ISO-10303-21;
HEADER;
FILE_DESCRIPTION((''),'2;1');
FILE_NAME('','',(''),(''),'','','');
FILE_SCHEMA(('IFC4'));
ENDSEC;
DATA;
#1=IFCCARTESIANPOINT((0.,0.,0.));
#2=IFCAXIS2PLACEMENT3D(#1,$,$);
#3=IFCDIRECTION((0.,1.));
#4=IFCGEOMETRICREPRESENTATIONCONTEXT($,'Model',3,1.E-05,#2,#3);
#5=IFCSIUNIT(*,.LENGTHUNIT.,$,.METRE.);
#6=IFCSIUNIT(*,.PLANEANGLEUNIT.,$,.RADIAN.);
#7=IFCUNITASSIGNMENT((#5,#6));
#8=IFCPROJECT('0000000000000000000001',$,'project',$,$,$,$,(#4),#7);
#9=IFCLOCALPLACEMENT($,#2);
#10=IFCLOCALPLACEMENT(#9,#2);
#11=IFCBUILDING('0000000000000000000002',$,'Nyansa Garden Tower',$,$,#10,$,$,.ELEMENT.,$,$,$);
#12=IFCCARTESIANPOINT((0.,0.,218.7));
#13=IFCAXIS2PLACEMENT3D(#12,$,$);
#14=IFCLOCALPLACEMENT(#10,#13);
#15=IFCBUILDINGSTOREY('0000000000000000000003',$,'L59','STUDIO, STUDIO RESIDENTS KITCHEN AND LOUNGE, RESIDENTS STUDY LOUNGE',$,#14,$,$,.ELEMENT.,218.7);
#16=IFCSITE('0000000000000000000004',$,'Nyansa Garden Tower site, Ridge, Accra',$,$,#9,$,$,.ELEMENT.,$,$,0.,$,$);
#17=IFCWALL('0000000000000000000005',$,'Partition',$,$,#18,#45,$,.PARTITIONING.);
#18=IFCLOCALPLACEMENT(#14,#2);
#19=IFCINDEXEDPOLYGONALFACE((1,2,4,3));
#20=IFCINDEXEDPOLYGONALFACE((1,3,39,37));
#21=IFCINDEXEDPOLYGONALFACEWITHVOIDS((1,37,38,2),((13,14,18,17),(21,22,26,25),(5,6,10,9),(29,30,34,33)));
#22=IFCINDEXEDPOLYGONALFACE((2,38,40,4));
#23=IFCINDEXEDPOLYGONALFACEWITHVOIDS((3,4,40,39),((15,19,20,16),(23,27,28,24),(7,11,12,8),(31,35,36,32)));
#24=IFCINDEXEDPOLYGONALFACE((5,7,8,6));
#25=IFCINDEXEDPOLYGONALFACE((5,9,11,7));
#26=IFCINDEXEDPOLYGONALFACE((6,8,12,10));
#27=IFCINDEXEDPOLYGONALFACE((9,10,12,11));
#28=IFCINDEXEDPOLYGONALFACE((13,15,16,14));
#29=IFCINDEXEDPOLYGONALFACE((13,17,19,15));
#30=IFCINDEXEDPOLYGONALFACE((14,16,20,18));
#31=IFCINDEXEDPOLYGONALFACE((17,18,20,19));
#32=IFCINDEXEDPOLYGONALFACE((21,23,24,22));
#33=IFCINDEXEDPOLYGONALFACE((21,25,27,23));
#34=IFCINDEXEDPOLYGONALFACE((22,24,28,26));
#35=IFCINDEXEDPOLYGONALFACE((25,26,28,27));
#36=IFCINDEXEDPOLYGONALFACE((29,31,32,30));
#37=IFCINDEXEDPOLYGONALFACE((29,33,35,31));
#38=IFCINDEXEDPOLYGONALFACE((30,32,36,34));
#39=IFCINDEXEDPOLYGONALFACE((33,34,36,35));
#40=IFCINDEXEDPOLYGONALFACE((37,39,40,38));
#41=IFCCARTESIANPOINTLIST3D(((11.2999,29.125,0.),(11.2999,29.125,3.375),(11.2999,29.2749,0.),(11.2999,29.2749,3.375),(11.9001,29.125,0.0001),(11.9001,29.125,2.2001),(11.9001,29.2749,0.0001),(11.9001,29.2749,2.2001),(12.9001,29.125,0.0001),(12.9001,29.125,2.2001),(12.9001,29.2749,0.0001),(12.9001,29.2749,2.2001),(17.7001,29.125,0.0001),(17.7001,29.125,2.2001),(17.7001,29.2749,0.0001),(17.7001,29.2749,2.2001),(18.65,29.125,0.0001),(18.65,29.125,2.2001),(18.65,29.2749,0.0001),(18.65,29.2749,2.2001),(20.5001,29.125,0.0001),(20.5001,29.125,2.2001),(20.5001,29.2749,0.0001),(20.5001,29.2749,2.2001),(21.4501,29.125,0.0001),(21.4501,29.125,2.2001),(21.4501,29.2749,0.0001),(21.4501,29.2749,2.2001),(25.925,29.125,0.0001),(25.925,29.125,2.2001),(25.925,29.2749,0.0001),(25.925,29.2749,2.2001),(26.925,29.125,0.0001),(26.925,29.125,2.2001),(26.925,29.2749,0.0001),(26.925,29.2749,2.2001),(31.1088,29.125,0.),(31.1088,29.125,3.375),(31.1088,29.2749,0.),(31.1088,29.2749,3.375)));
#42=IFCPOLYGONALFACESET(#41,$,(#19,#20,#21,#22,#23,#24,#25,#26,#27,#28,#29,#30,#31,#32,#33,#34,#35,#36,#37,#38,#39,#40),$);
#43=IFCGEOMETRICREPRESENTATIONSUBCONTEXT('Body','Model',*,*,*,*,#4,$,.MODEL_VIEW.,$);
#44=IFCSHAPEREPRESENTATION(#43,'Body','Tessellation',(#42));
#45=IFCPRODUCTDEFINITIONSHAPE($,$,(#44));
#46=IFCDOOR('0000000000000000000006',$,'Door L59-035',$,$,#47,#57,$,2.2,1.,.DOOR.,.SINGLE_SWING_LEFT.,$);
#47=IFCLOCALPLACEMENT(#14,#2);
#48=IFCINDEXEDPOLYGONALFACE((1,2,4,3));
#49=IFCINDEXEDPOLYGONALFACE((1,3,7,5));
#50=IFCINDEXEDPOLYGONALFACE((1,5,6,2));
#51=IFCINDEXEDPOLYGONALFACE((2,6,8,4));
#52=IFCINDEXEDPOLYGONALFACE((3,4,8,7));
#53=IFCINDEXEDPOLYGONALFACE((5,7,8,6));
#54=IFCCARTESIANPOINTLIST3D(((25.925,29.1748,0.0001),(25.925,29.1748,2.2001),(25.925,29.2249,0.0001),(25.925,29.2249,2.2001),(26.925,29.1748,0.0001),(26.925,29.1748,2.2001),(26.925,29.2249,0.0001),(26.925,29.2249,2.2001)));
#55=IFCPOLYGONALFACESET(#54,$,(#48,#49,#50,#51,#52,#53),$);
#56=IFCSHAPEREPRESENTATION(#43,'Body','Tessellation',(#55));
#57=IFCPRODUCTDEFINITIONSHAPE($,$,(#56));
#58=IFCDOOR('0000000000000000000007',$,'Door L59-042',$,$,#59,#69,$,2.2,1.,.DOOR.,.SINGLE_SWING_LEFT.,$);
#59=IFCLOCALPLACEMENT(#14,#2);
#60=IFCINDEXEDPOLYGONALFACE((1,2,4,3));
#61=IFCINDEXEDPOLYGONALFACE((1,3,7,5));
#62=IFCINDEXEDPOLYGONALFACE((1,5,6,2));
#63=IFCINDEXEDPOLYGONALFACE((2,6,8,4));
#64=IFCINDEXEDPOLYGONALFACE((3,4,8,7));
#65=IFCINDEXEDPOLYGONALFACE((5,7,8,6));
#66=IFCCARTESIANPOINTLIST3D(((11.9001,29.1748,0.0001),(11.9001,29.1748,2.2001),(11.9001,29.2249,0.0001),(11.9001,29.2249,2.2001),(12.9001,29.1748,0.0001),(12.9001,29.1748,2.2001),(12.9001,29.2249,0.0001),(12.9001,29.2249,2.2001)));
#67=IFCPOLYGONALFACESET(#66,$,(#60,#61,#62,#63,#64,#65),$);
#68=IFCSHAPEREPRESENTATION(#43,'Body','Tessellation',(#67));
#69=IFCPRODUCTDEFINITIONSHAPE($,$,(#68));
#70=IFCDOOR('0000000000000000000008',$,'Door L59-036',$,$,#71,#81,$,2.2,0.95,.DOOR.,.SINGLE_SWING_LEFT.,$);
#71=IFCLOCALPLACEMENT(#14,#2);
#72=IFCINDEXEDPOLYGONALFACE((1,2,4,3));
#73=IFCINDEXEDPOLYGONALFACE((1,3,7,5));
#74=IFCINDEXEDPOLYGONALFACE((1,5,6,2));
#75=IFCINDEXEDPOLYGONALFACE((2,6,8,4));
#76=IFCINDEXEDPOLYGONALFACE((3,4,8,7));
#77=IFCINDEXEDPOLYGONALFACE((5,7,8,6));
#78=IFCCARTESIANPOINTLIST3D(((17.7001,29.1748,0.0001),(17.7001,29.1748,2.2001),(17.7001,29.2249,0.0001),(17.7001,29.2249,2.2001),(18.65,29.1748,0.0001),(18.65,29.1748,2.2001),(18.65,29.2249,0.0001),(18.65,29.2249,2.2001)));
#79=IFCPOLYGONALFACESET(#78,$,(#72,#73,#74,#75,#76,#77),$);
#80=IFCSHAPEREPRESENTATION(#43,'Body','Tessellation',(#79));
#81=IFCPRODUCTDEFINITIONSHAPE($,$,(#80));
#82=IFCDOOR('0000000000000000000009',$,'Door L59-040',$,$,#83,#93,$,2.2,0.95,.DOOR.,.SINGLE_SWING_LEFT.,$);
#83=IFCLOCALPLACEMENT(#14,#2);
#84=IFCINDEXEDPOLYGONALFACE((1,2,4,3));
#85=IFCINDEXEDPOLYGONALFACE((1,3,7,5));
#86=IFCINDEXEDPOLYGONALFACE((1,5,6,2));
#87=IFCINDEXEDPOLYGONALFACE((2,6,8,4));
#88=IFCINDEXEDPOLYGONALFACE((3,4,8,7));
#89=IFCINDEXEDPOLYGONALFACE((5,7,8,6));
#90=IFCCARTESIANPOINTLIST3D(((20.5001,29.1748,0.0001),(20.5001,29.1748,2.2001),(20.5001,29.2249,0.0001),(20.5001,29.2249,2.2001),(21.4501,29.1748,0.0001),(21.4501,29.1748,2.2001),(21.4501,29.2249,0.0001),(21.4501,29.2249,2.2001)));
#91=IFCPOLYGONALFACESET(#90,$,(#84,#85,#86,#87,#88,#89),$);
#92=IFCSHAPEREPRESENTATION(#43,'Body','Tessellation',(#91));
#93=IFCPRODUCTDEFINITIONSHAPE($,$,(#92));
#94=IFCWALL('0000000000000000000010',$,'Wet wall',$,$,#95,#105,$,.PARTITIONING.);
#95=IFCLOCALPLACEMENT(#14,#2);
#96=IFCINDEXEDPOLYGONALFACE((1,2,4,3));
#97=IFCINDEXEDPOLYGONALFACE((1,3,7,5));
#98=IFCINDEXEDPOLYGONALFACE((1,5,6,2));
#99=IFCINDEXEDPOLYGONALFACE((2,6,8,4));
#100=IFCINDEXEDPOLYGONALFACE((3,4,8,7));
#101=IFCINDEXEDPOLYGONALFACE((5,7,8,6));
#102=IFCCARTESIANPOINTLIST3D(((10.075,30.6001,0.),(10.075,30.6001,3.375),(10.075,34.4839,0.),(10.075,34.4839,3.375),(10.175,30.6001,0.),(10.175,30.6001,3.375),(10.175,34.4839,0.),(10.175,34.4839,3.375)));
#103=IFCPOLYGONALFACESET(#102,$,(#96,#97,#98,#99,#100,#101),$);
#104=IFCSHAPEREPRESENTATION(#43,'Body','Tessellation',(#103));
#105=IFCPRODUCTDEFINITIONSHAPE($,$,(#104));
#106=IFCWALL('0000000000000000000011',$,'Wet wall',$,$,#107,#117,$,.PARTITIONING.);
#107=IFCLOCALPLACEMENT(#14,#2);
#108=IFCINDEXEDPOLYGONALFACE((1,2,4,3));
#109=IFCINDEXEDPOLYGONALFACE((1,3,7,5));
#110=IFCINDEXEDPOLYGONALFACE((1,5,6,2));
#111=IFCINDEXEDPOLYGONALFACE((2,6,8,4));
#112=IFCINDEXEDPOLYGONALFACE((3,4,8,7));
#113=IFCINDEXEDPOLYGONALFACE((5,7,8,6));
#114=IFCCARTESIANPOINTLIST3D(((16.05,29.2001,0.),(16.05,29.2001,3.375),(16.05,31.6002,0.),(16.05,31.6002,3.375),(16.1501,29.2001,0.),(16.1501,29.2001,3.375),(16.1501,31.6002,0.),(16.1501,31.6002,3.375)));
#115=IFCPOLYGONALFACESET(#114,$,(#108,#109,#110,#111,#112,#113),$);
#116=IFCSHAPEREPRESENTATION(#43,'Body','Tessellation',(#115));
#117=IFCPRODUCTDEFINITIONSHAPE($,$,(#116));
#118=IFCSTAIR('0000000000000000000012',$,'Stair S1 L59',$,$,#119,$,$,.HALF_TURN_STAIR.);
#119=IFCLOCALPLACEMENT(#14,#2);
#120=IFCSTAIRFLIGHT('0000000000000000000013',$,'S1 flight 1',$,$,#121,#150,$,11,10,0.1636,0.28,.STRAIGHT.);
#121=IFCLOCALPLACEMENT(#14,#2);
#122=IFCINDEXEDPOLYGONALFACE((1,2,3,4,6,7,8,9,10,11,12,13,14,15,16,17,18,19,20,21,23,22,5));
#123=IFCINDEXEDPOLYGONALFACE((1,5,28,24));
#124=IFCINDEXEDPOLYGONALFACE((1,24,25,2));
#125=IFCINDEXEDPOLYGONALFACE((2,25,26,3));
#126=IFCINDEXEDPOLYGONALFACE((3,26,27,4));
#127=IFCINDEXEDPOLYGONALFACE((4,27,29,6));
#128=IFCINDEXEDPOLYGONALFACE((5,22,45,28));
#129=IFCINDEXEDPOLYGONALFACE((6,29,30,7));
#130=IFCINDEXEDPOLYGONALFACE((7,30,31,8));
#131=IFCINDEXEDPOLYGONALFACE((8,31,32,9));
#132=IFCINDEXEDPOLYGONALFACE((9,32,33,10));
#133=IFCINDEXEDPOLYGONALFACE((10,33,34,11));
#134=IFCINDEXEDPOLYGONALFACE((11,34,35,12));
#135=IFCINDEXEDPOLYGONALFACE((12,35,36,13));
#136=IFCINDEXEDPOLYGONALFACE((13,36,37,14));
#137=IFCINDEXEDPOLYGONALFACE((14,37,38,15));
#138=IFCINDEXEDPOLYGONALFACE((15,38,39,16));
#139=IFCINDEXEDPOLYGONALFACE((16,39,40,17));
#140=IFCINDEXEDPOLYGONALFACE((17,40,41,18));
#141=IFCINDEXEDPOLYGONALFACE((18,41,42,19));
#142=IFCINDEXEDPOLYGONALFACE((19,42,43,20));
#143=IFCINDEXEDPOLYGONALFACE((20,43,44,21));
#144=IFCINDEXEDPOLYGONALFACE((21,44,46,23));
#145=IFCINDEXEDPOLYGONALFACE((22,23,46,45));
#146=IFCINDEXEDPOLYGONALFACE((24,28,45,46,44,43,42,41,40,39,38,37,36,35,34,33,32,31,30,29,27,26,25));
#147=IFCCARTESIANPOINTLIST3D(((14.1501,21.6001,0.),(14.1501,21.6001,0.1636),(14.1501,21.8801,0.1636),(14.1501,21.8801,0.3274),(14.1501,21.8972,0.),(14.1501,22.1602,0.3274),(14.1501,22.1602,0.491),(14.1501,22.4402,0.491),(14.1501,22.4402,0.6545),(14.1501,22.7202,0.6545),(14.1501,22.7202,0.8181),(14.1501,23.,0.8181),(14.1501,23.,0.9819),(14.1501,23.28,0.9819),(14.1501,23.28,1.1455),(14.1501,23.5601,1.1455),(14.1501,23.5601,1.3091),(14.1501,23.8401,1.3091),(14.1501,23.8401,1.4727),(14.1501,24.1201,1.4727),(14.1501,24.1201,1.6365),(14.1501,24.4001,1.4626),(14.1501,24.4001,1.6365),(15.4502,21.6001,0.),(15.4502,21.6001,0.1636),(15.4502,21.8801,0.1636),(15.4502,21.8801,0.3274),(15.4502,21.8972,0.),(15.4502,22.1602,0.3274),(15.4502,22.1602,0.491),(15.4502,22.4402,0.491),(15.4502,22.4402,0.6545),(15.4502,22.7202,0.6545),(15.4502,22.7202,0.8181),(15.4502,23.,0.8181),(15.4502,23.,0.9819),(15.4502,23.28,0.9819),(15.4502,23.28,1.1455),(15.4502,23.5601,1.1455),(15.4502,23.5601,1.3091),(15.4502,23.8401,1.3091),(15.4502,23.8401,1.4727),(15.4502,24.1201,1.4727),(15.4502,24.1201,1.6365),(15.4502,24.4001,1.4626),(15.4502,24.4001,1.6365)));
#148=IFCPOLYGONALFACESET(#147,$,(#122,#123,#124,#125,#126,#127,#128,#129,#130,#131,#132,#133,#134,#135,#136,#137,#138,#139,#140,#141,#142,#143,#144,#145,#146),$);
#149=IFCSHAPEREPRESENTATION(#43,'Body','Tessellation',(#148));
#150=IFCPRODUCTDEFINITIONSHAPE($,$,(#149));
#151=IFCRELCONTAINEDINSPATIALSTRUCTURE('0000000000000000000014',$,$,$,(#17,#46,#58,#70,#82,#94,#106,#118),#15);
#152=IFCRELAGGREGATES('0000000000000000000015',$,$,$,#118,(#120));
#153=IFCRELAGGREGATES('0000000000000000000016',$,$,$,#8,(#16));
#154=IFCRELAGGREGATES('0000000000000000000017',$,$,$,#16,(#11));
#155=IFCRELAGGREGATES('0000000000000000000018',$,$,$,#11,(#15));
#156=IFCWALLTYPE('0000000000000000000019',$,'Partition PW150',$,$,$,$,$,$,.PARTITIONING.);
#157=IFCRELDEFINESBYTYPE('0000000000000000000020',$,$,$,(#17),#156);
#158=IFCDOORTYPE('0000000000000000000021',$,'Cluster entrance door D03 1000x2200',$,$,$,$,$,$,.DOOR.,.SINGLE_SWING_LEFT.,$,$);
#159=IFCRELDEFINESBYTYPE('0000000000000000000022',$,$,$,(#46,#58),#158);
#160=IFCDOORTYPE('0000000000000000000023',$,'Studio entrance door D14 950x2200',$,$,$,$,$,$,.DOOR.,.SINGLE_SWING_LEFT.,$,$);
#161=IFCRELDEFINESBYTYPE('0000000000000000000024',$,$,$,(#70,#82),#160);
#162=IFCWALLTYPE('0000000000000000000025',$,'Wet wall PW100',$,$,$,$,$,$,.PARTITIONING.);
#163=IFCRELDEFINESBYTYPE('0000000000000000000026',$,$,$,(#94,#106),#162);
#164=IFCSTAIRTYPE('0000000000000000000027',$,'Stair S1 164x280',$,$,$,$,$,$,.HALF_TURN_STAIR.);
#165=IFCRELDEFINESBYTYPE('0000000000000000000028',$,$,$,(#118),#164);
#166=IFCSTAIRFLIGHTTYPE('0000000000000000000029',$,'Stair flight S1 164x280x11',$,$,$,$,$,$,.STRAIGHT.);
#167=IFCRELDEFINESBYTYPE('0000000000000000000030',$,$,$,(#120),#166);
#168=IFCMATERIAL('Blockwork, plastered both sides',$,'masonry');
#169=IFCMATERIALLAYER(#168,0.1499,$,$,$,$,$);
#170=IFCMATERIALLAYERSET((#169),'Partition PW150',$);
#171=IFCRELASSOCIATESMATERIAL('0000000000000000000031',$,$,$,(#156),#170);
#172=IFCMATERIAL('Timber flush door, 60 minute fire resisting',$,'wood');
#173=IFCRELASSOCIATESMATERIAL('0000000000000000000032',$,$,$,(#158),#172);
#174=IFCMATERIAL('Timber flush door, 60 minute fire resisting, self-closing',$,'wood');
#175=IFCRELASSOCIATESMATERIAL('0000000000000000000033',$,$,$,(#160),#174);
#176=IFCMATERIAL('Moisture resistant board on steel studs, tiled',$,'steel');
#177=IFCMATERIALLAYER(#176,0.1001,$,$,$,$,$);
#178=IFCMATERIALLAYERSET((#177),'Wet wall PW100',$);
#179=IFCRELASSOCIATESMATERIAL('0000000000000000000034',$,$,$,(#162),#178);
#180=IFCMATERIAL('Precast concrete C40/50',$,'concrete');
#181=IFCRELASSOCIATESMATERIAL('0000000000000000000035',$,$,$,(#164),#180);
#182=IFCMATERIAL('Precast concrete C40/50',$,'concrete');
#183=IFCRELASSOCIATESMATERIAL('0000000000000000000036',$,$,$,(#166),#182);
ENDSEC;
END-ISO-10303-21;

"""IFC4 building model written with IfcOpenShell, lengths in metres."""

from ifc_helpers import new_model, si_unit, direction, frame, frame_2d, origin, place, context, subcontext, project, spatial, polyline, rectangle, outline, extrude, material, layer, layer_set, type_object, element, fill, aggregate, save


model = new_model("IFC4")

# Units and contexts
model_context = context("Model", 3, precision=1e-05, world=origin(), true_north=direction((0.0, 1.0)))
body_context = subcontext(model_context, "Body", "Model", "MODEL_VIEW")
ifc_project = project(units=[si_unit("LENGTHUNIT", "METRE"), si_unit("PLANEANGLEUNIT", "RADIAN")], contexts=[model_context])

# Site, building, storey
site_placement = place(None, origin())
site = spatial("IfcSite", under=ifc_project, at=site_placement, Name="Nyansa Garden Tower site, Ridge, Accra", CompositionType="ELEMENT", RefElevation=0.0)
building_placement = place(site_placement, origin())
building = spatial("IfcBuilding", under=site, at=building_placement, Name="Nyansa Garden Tower", CompositionType="ELEMENT")
storey_placement = place(building_placement, frame((0.0, 0.0, 218.7)))
storey = spatial("IfcBuildingStorey", under=building, at=storey_placement, Name="L59", Description="STUDIO, STUDIO RESIDENTS KITCHEN AND LOUNGE, RESIDENTS STUDY LOUNGE", CompositionType="ELEMENT", Elevation=218.7)

# Wall, openings, doors
ifc_material_1 = material(Name="Blockwork, plastered both sides", Category="masonry")
ifc_layer_1 = layer(ifc_material_1, 0.1499)
ifc_layer_set_1 = layer_set([ifc_layer_1], Name="Partition PW150")
wall_type_1 = type_object("IfcWallType", Name="Partition PW150", PredefinedType="PARTITIONING", material=ifc_layer_set_1)
wall_1_placement = place(storey_placement, frame((11.3, 29.2, 0.0), z_axis=(0.0, 0.0, 1.0), x_axis=(1.0, 0.0, 0.0)))
wall_1 = element("IfcWall", 1, at=wall_1_placement, inside=storey, type_object=wall_type_1, Name="Partition", PredefinedType="PARTITIONING", context=body_context, shape_type="SweptSolid", body=[
    extrude(rectangle(XDim=19.8088, YDim=0.1499, at=frame_2d((9.9043, 0.0))), origin(), (0.0, 0.0, 1.0), 3.375),
])
opening_1_placement = place(wall_1_placement, frame((14.625, 0.0, 0.0)))
opening_1 = element("IfcOpeningElement", 2, at=opening_1_placement, cuts=wall_1, PredefinedType="OPENING", context=body_context, shape_type="SweptSolid", body=[
    extrude(rectangle(XDim=1.0, YDim=2.2, at=frame_2d((0.5, 1.1001))), frame((0.0, 0.085, 0.0), z_axis=(0.0, -1.0, 0.0), x_axis=(1.0, 0.0, 0.0)), (0.0, 0.0, 1.0), 0.1699),
])
opening_2_placement = place(wall_1_placement, frame((6.3999, 0.0, 0.0)))
opening_2 = element("IfcOpeningElement", 3, at=opening_2_placement, cuts=wall_1, PredefinedType="OPENING", context=body_context, shape_type="SweptSolid", body=[
    extrude(rectangle(XDim=0.95, YDim=2.2, at=frame_2d((0.4751, 1.1001))), frame((0.0, 0.085, 0.0), z_axis=(0.0, -1.0, 0.0), x_axis=(1.0, 0.0, 0.0)), (0.0, 0.0, 1.0), 0.1699),
])
opening_3_placement = place(wall_1_placement, frame((9.2, 0.0, 0.0)))
opening_3 = element("IfcOpeningElement", 4, at=opening_3_placement, cuts=wall_1, PredefinedType="OPENING", context=body_context, shape_type="SweptSolid", body=[
    extrude(rectangle(XDim=0.95, YDim=2.2, at=frame_2d((0.4751, 1.1001))), frame((0.0, 0.085, 0.0), z_axis=(0.0, -1.0, 0.0), x_axis=(1.0, 0.0, 0.0)), (0.0, 0.0, 1.0), 0.1699),
])
opening_4_placement = place(wall_1_placement, frame((0.6001, 0.0, 0.0)))
opening_4 = element("IfcOpeningElement", 5, at=opening_4_placement, cuts=wall_1, PredefinedType="OPENING", context=body_context, shape_type="SweptSolid", body=[
    extrude(rectangle(XDim=1.0, YDim=2.2, at=frame_2d((0.5, 1.1001))), frame((0.0, 0.085, 0.0), z_axis=(0.0, -1.0, 0.0), x_axis=(1.0, 0.0, 0.0)), (0.0, 0.0, 1.0), 0.1699),
])
ifc_material_2 = material(Name="Timber flush door, 60 minute fire resisting", Category="wood")
door_type_1 = type_object("IfcDoorType", Name="Cluster entrance door D03 1000x2200", OperationType="SINGLE_SWING_LEFT", PredefinedType="DOOR", material=ifc_material_2)
door_1_placement = place(opening_1_placement, origin())
door_1 = element("IfcDoor", 6, at=door_1_placement, inside=storey, type_object=door_type_1, Name="Door L59-035", OperationType="SINGLE_SWING_LEFT", OverallHeight=2.2, OverallWidth=1.0, PredefinedType="DOOR", context=body_context, shape_type="SweptSolid", body=[
    extrude(rectangle(XDim=1.0, YDim=2.2, at=frame_2d((0.5, 1.1001))), frame((0.0, 0.0249, 0.0), z_axis=(0.0, -1.0, 0.0), x_axis=(1.0, 0.0, 0.0)), (0.0, 0.0, 1.0), 0.05),
])
fill(opening_1, door_1)
door_2_placement = place(opening_4_placement, origin())
door_2 = element("IfcDoor", 7, at=door_2_placement, inside=storey, type_object=door_type_1, Name="Door L59-042", OperationType="SINGLE_SWING_LEFT", OverallHeight=2.2, OverallWidth=1.0, PredefinedType="DOOR", context=body_context, shape_type="SweptSolid", body=[
    extrude(rectangle(XDim=1.0, YDim=2.2, at=frame_2d((0.5, 1.1001))), frame((0.0, 0.0249, 0.0), z_axis=(0.0, -1.0, 0.0), x_axis=(1.0, 0.0, 0.0)), (0.0, 0.0, 1.0), 0.05),
])
fill(opening_4, door_2)
ifc_material_3 = material(Name="Timber flush door, 60 minute fire resisting, self-closing", Category="wood")
door_type_2 = type_object("IfcDoorType", Name="Studio entrance door D14 950x2200", OperationType="SINGLE_SWING_LEFT", PredefinedType="DOOR", material=ifc_material_3)
door_3_placement = place(opening_2_placement, origin())
door_3 = element("IfcDoor", 8, at=door_3_placement, inside=storey, type_object=door_type_2, Name="Door L59-036", OperationType="SINGLE_SWING_LEFT", OverallHeight=2.2, OverallWidth=0.95, PredefinedType="DOOR", context=body_context, shape_type="SweptSolid", body=[
    extrude(rectangle(XDim=0.95, YDim=2.2, at=frame_2d((0.4751, 1.1001))), frame((0.0, 0.0249, 0.0), z_axis=(0.0, -1.0, 0.0), x_axis=(1.0, 0.0, 0.0)), (0.0, 0.0, 1.0), 0.05),
])
fill(opening_2, door_3)
door_4_placement = place(opening_3_placement, origin())
door_4 = element("IfcDoor", 9, at=door_4_placement, inside=storey, type_object=door_type_2, Name="Door L59-040", OperationType="SINGLE_SWING_LEFT", OverallHeight=2.2, OverallWidth=0.95, PredefinedType="DOOR", context=body_context, shape_type="SweptSolid", body=[
    extrude(rectangle(XDim=0.95, YDim=2.2, at=frame_2d((0.4751, 1.1001))), frame((0.0, 0.0249, 0.0), z_axis=(0.0, -1.0, 0.0), x_axis=(1.0, 0.0, 0.0)), (0.0, 0.0, 1.0), 0.05),
])
fill(opening_3, door_4)

# Walls
ifc_material_4 = material(Name="Moisture resistant board on steel studs, tiled", Category="steel")
ifc_layer_2 = layer(ifc_material_4, 0.1001)
ifc_layer_set_2 = layer_set([ifc_layer_2], Name="Wet wall PW100")
wall_type_2 = type_object("IfcWallType", Name="Wet wall PW100", PredefinedType="PARTITIONING", material=ifc_layer_set_2)
wall_2_placement = place(storey_placement, frame((10.125, 30.6001, 0.0), z_axis=(0.0, 0.0, 1.0), x_axis=(0.0, 1.0, 0.0)))
element("IfcWall", 10, at=wall_2_placement, inside=storey, type_object=wall_type_2, Name="Wet wall", PredefinedType="PARTITIONING", context=body_context, shape_type="SweptSolid", body=[
    extrude(rectangle(XDim=3.8838, YDim=0.1001, at=frame_2d((1.9419, 0.0))), origin(), (0.0, 0.0, 1.0), 3.375),
])
wall_3_placement = place(storey_placement, frame((16.1001, 29.2, 0.0), z_axis=(0.0, 0.0, 1.0), x_axis=(0.0, 1.0, 0.0)))
element("IfcWall", 11, at=wall_3_placement, inside=storey, type_object=wall_type_2, Name="Wet wall", PredefinedType="PARTITIONING", context=body_context, shape_type="SweptSolid", body=[
    extrude(rectangle(XDim=2.4001, YDim=0.1001, at=frame_2d((1.2002, 0.0))), origin(), (0.0, 0.0, 1.0), 3.375),
])

# Stair, stair flight
ifc_material_5 = material(Name="Precast concrete C40/50", Category="concrete")
stair_type = type_object("IfcStairType", Name="Stair S1 164x280", PredefinedType="HALF_TURN_STAIR", material=ifc_material_5)
stair_placement = place(storey_placement, origin())
stair = element("IfcStair", 12, at=stair_placement, inside=storey, type_object=stair_type, Name="Stair S1 L59", PredefinedType="HALF_TURN_STAIR")
ifc_material_6 = material(Name="Precast concrete C40/50", Category="concrete")
stair_flight_type = type_object("IfcStairFlightType", Name="Stair flight S1 164x280x11", PredefinedType="STRAIGHT", material=ifc_material_6)
stair_flight_1_placement = place(storey_placement, frame((14.8, 21.6001, 0.0), z_axis=(0.0, 0.0, 1.0), x_axis=(0.0, 1.0, 0.0)))
stair_flight_1 = element("IfcStairFlight", 13, at=stair_flight_1_placement, type_object=stair_flight_type, Name="S1 flight 1", NumberOfRisers=11, NumberOfTreads=10, PredefinedType="STRAIGHT", RiserHeight=0.1636, TreadLength=0.28, context=body_context, shape_type="SweptSolid", body=[
    extrude(outline(polyline([(0.0, 0.0), (0.0, 0.1636), (0.28, 0.1636), (0.28, 0.3274), (0.5601, 0.3274), (0.5601, 0.491), (0.8401, 0.491), (0.8401, 0.6545), (1.1201, 0.6545), (1.1201, 0.8181), (1.3999, 0.8181), (1.3999, 0.9819), (1.6799, 0.9819), (1.6799, 1.1455), (1.96, 1.1455), (1.96, 1.3091), (2.24, 1.3091), (2.24, 1.4727), (2.52, 1.4727), (2.52, 1.6365), (2.8, 1.6365), (2.8, 1.8), (2.8, 1.4626), (0.2971, 0.0), (0.0, 0.0)])), frame((0.0, 0.6499, 0.0), z_axis=(0.0, -1.0, 0.0), x_axis=(1.0, 0.0, 0.0)), (0.0, 0.0, 1.0), 1.3),
])
aggregate(stair, [stair_flight_1])

save(model, "model.ifc")
